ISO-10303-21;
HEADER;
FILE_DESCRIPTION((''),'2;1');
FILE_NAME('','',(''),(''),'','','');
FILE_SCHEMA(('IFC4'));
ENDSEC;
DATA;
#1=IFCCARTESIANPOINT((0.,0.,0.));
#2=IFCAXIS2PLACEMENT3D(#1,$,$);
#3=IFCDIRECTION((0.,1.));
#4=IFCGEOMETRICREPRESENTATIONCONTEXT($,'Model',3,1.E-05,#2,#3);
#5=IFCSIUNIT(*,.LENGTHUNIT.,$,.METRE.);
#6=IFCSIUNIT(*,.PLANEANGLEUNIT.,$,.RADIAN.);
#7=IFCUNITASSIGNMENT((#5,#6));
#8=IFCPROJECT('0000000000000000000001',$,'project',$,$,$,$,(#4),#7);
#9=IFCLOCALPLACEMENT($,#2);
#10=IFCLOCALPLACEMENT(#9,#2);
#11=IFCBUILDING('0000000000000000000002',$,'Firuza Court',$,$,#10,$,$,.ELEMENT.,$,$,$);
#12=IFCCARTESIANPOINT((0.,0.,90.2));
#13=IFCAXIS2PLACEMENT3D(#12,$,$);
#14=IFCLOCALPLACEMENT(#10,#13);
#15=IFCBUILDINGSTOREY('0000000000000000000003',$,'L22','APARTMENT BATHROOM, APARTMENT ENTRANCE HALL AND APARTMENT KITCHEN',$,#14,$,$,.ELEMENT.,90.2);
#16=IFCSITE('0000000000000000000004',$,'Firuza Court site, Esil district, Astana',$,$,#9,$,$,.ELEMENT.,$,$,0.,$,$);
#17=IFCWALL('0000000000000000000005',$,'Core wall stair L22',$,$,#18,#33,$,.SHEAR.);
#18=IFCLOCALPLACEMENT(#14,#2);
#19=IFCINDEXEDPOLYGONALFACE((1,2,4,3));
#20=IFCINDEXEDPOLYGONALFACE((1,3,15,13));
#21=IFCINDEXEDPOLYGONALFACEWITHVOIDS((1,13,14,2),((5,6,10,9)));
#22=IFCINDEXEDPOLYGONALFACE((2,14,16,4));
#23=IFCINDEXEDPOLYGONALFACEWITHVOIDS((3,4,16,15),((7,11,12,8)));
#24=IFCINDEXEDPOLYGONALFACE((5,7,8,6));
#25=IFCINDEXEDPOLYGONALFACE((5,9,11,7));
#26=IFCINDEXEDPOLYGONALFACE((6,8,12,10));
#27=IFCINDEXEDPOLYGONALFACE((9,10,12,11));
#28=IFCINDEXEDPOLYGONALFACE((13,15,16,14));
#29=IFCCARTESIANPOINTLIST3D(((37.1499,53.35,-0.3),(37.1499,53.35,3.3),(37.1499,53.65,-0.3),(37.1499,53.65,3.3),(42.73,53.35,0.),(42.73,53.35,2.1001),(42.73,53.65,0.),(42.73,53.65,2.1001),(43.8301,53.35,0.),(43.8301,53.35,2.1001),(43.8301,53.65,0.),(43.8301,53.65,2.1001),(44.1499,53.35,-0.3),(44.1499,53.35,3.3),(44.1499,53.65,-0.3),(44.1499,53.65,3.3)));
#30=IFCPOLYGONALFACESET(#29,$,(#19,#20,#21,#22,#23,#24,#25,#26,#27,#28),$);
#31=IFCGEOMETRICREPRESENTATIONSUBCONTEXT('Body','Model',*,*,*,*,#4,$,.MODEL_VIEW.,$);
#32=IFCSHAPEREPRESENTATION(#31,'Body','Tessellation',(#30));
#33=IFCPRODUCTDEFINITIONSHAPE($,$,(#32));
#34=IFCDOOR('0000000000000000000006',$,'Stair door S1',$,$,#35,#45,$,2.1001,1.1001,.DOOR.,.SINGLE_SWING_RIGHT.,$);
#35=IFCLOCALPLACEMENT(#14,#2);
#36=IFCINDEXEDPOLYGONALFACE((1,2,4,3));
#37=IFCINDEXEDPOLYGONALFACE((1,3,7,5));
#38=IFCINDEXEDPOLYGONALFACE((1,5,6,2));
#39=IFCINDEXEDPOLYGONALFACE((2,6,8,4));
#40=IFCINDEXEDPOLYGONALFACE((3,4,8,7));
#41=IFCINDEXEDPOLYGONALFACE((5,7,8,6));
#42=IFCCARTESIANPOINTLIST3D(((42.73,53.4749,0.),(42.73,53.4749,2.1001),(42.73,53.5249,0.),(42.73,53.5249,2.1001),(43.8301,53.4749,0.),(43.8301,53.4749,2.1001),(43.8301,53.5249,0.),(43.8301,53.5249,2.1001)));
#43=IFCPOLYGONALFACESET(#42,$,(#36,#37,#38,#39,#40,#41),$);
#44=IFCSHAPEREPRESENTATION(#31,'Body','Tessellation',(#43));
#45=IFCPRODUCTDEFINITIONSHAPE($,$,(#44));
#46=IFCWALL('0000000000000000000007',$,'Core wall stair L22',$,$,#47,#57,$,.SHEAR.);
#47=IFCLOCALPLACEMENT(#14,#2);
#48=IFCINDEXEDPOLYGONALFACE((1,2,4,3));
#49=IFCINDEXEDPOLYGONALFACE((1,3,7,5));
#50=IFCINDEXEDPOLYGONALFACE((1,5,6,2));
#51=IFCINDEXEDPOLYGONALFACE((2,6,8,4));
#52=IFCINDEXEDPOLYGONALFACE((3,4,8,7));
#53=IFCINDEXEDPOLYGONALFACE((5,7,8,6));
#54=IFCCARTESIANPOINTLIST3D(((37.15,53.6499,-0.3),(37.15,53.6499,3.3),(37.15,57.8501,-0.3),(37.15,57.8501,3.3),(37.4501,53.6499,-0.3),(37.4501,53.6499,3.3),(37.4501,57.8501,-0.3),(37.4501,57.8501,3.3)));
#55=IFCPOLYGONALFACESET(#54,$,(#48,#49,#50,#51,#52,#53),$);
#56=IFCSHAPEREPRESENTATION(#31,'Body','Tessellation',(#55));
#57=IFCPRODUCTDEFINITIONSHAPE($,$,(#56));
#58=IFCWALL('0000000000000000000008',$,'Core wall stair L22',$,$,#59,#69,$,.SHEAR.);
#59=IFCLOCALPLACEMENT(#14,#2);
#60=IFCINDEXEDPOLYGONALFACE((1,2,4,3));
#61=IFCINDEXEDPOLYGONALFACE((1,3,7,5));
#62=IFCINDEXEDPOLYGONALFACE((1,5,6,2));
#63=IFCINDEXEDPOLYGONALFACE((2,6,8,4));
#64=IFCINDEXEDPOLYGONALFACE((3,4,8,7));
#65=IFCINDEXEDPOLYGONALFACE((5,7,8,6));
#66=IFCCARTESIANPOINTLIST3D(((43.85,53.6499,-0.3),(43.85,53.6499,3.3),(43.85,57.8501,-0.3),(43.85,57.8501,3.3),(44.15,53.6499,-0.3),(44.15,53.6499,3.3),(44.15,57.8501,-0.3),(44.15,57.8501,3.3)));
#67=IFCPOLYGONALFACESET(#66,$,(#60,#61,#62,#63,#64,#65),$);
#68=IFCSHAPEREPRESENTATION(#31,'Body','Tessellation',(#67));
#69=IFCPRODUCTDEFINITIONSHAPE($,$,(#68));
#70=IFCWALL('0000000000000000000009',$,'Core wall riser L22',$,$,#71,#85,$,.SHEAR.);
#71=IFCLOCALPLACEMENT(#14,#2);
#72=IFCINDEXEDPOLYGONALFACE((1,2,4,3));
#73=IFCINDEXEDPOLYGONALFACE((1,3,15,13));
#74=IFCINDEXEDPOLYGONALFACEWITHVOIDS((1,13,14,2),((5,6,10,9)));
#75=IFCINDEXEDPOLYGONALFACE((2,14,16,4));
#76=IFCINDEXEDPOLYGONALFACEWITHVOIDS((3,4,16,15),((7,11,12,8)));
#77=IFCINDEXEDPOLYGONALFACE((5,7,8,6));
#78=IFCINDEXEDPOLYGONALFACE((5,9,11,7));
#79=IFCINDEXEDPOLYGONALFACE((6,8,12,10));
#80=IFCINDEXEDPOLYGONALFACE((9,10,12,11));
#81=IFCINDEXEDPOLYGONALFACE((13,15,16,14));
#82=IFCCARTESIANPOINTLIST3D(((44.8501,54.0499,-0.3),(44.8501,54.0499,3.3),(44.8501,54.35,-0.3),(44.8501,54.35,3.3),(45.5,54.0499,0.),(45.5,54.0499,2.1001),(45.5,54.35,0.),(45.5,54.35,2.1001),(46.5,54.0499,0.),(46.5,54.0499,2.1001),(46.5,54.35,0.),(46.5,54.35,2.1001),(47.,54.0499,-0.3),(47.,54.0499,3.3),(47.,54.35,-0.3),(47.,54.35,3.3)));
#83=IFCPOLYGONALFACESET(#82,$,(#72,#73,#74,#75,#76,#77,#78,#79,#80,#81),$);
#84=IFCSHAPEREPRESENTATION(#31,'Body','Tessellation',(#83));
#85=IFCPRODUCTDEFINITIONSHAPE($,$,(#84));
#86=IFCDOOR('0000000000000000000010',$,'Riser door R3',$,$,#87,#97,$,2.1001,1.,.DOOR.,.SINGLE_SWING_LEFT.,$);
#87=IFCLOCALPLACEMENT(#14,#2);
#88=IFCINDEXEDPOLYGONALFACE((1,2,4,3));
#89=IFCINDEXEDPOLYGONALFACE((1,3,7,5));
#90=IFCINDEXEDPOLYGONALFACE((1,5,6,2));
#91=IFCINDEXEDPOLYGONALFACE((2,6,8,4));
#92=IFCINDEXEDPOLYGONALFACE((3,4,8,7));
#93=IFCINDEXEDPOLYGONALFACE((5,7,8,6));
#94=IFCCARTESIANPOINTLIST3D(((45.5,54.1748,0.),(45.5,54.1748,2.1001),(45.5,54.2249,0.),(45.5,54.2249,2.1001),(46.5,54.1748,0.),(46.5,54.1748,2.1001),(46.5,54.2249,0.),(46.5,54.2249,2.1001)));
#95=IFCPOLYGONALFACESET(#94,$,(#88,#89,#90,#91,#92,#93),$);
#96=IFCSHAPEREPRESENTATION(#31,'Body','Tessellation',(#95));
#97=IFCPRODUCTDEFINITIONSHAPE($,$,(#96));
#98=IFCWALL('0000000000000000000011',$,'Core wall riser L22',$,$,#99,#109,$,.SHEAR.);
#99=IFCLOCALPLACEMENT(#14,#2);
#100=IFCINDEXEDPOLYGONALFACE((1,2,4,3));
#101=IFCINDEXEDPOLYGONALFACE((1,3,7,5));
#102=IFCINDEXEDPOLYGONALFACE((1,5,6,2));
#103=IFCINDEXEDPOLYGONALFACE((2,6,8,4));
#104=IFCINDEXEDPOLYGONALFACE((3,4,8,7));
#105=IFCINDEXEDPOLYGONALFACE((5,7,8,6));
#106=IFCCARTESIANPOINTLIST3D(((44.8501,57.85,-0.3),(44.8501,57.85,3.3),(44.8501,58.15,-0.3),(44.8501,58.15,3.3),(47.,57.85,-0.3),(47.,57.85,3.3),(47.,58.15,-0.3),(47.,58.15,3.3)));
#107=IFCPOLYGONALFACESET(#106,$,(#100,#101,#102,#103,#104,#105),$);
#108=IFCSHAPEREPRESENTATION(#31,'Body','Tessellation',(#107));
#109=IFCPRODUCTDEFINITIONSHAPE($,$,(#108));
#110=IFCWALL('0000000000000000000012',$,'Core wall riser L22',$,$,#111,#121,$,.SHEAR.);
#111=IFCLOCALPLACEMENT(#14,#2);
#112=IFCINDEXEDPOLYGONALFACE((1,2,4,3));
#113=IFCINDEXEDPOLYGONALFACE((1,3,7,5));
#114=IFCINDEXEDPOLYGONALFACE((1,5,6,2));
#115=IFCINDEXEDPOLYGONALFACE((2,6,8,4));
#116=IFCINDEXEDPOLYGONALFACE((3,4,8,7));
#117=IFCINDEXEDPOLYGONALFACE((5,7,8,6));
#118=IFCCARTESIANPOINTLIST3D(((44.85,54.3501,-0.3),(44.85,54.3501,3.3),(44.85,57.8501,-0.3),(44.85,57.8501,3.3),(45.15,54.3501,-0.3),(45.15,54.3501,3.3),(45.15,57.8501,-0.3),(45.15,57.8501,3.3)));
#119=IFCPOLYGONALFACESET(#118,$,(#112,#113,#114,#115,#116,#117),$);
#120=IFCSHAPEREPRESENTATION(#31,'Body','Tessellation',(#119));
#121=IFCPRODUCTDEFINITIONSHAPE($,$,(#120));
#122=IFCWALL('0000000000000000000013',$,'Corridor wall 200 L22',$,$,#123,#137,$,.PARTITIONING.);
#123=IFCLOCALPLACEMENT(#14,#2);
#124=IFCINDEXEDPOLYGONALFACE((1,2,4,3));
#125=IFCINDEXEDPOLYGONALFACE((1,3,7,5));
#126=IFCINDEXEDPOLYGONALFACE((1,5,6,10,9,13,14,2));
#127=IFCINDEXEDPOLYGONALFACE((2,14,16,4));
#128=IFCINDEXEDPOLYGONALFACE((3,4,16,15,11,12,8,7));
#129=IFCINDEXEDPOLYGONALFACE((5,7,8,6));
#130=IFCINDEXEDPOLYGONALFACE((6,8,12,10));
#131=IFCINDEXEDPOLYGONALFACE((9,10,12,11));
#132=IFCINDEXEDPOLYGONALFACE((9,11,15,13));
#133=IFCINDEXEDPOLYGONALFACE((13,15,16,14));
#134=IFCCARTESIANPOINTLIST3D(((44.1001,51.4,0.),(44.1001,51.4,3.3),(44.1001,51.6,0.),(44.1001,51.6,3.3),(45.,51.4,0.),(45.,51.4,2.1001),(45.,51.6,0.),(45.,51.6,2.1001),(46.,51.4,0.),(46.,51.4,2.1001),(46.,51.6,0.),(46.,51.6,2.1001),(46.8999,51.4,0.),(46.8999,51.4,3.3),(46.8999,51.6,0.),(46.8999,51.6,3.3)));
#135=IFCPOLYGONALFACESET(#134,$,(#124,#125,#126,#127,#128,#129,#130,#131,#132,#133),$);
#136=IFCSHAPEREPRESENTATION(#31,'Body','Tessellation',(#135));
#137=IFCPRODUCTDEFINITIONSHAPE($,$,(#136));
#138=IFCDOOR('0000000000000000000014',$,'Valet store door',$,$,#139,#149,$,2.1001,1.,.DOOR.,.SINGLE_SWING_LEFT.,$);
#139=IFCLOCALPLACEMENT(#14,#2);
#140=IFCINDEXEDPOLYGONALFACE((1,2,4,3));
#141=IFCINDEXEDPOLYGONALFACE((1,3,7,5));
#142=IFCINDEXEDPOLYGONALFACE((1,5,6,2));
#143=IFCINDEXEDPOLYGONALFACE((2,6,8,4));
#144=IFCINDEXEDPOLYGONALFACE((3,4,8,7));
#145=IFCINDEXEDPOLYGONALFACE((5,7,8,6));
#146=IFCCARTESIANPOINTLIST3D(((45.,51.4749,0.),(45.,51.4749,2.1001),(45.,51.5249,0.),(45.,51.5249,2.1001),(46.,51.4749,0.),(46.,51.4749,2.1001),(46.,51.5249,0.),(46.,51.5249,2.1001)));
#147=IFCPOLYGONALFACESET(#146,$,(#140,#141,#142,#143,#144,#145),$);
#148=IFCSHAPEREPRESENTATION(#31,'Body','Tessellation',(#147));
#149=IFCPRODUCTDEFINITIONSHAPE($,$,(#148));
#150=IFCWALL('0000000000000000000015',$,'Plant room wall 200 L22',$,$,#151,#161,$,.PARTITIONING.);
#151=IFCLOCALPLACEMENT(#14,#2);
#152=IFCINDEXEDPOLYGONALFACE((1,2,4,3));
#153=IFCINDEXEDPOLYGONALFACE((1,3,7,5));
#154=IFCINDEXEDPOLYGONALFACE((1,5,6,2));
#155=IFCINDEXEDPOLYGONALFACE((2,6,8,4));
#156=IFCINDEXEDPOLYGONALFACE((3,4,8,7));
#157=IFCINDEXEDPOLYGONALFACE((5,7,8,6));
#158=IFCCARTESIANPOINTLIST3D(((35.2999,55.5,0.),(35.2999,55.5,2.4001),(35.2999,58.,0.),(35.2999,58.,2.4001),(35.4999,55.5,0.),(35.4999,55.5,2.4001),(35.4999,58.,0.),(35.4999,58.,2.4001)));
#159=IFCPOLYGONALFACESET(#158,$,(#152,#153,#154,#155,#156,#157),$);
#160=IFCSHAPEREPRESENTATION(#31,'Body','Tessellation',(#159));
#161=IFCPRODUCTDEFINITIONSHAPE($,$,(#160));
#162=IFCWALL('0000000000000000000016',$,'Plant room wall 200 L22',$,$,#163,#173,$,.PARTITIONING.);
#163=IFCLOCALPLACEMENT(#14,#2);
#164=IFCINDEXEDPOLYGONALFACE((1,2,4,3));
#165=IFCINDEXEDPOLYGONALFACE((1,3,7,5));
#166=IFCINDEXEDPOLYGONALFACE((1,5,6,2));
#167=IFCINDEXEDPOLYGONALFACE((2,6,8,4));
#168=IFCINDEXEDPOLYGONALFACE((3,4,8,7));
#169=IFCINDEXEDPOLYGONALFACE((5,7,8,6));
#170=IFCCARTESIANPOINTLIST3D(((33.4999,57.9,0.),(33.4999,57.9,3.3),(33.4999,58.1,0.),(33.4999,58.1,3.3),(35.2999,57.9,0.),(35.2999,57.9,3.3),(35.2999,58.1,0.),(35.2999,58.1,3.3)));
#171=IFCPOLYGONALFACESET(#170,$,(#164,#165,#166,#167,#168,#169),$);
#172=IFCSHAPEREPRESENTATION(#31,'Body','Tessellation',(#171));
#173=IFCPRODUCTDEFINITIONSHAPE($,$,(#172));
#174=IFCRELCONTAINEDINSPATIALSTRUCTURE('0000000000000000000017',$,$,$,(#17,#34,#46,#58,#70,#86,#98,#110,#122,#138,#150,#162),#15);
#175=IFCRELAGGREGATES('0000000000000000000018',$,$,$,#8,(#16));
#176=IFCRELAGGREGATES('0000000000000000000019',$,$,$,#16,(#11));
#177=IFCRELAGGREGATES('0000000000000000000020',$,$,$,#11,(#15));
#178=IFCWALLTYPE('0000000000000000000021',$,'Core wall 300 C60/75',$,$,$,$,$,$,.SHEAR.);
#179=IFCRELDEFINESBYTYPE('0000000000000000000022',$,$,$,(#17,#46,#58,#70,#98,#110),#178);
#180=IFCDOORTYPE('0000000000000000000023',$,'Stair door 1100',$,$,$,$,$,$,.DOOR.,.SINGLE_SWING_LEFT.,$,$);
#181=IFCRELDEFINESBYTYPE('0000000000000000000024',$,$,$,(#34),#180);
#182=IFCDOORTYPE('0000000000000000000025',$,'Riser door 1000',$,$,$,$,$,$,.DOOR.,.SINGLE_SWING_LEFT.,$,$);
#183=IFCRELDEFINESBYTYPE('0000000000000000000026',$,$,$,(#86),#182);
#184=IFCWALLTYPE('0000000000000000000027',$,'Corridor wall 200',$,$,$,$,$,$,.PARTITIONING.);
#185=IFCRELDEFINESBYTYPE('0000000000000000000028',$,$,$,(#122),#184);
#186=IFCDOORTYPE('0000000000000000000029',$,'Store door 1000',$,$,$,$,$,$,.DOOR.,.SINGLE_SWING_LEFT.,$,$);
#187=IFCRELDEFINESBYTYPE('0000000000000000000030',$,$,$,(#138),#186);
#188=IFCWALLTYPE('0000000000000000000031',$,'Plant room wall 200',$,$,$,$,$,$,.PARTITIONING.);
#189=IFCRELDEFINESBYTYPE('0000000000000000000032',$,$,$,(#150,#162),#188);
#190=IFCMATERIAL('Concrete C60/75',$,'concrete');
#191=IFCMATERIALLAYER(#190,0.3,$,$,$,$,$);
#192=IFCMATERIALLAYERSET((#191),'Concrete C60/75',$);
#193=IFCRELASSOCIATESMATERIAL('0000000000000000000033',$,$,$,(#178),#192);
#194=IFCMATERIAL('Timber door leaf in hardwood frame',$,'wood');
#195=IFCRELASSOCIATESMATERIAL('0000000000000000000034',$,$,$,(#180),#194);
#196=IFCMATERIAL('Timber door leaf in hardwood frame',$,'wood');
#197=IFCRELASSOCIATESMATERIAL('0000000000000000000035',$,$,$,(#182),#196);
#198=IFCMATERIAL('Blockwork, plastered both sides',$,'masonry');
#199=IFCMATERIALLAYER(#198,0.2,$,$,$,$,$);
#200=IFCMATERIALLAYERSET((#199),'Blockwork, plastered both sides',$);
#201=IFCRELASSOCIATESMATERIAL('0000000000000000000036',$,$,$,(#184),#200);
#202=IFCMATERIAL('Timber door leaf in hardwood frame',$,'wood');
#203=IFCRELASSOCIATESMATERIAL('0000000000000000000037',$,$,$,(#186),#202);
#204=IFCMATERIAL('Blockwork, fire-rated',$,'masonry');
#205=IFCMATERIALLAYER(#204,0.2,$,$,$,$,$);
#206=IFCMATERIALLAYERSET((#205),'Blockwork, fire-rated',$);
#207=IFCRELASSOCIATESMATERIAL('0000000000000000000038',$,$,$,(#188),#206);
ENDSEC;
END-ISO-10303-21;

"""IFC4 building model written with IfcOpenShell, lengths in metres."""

from ifc_helpers import new_model, si_unit, direction, frame, frame_2d, origin, place, context, subcontext, project, spatial, rectangle, extrude, material, layer, layer_set, type_object, element, fill, save


model = new_model("IFC4")

# Units and contexts
model_context = context("Model", 3, precision=1e-05, world=origin(), true_north=direction((0.0, 1.0)))
body_context = subcontext(model_context, "Body", "Model", "MODEL_VIEW")
ifc_project = project(units=[si_unit("LENGTHUNIT", "METRE"), si_unit("PLANEANGLEUNIT", "RADIAN")], contexts=[model_context])

# Site, building, storey
site_placement = place(None, origin())
site = spatial("IfcSite", under=ifc_project, at=site_placement, Name="Firuza Court site, Esil district, Astana", CompositionType="ELEMENT", RefElevation=0.0)
building_placement = place(site_placement, origin())
building = spatial("IfcBuilding", under=site, at=building_placement, Name="Firuza Court", CompositionType="ELEMENT")
storey_placement = place(building_placement, frame((0.0, 0.0, 90.2)))
storey = spatial("IfcBuildingStorey", under=building, at=storey_placement, Name="L22", Description="APARTMENT BATHROOM, APARTMENT ENTRANCE HALL AND APARTMENT KITCHEN", CompositionType="ELEMENT", Elevation=90.2)

# Shared definitions
ifc_material_1 = material(Name="Concrete C60/75", Category="concrete")
ifc_layer_1 = layer(ifc_material_1, 0.3)
ifc_layer_set_1 = layer_set([ifc_layer_1], Name="Concrete C60/75")
wall_type_1 = type_object("IfcWallType", Name="Core wall 300 C60/75", PredefinedType="SHEAR", material=ifc_layer_set_1)

# Wall, opening, door
wall_1_placement = place(storey_placement, frame((37.1499, 53.5, -0.3), z_axis=(0.0, 0.0, 1.0), x_axis=(1.0, 0.0, 0.0)))
wall_1 = element("IfcWall", 1, at=wall_1_placement, inside=storey, type_object=wall_type_1, Name="Core wall stair L22", PredefinedType="SHEAR", context=body_context, shape_type="SweptSolid", body=[
    extrude(rectangle(XDim=7.0, YDim=0.3, at=frame_2d((3.5, 0.0))), origin(), (0.0, 0.0, 1.0), 3.6001),
])
opening_1_placement = place(wall_1_placement, frame((5.5801, 0.0, 0.3)))
opening_1 = element("IfcOpeningElement", 2, at=opening_1_placement, cuts=wall_1, PredefinedType="OPENING", context=body_context, shape_type="SweptSolid", body=[
    extrude(rectangle(XDim=1.1001, YDim=2.1001, at=frame_2d((0.55, 1.05))), frame((0.0, 0.1621, 0.0), z_axis=(0.0, -1.0, 0.0), x_axis=(1.0, 0.0, 0.0)), (0.0, 0.0, 1.0), 0.324),
])
ifc_material_2 = material(Name="Timber door leaf in hardwood frame", Category="wood")
door_type_1 = type_object("IfcDoorType", Name="Stair door 1100", OperationType="SINGLE_SWING_LEFT", PredefinedType="DOOR", material=ifc_material_2)
door_1_placement = place(opening_1_placement, origin())
door_1 = element("IfcDoor", 3, at=door_1_placement, inside=storey, type_object=door_type_1, Name="Stair door S1", OperationType="SINGLE_SWING_RIGHT", OverallHeight=2.1001, OverallWidth=1.1001, PredefinedType="DOOR", context=body_context, shape_type="SweptSolid", body=[
    extrude(rectangle(XDim=1.1001, YDim=2.1001, at=frame_2d((0.55, 1.05))), frame((0.0, 0.0249, 0.0), z_axis=(0.0, -1.0, 0.0), x_axis=(1.0, 0.0, 0.0)), (0.0, 0.0, 1.0), 0.05),
])
fill(opening_1, door_1)

# Walls
for number, where, z_axis, x_axis, name in (
    (4, (37.3, 53.6499, -0.3), (0.0, 0.0, 1.0), (0.0, 1.0, 0.0), "Core wall stair L22"),
    (5, (44.0, 53.6499, -0.3), (0.0, 0.0, 1.0), (0.0, 1.0, 0.0), "Core wall stair L22"),
):
    element("IfcWall", number, at=place(storey_placement, frame(where, z_axis=z_axis, x_axis=x_axis)), inside=storey, type_object=wall_type_1, Name=name, PredefinedType="SHEAR", context=body_context, shape_type="SweptSolid", body=[
        extrude(rectangle(XDim=4.2002, YDim=0.3, at=frame_2d((2.1001, 0.0))), origin(), (0.0, 0.0, 1.0), 3.6001),
    ])

# Wall, opening, door
wall_2_placement = place(storey_placement, frame((44.8501, 54.2, -0.3), z_axis=(0.0, 0.0, 1.0), x_axis=(1.0, 0.0, 0.0)))
wall_2 = element("IfcWall", 6, at=wall_2_placement, inside=storey, type_object=wall_type_1, Name="Core wall riser L22", PredefinedType="SHEAR", context=body_context, shape_type="SweptSolid", body=[
    extrude(rectangle(XDim=2.1499, YDim=0.3, at=frame_2d((1.075, 0.0))), origin(), (0.0, 0.0, 1.0), 3.6001),
])
opening_2_placement = place(wall_2_placement, frame((0.6499, 0.0, 0.3)))
opening_2 = element("IfcOpeningElement", 7, at=opening_2_placement, cuts=wall_2, PredefinedType="OPENING", context=body_context, shape_type="SweptSolid", body=[
    extrude(rectangle(XDim=1.0, YDim=2.1001, at=frame_2d((0.5, 1.05))), frame((0.0, 0.1621, 0.0), z_axis=(0.0, -1.0, 0.0), x_axis=(1.0, 0.0, 0.0)), (0.0, 0.0, 1.0), 0.324),
])
ifc_material_3 = material(Name="Timber door leaf in hardwood frame", Category="wood")
door_type_2 = type_object("IfcDoorType", Name="Riser door 1000", OperationType="SINGLE_SWING_LEFT", PredefinedType="DOOR", material=ifc_material_3)
door_2_placement = place(opening_2_placement, origin())
door_2 = element("IfcDoor", 8, at=door_2_placement, inside=storey, type_object=door_type_2, Name="Riser door R3", OperationType="SINGLE_SWING_LEFT", OverallHeight=2.1001, OverallWidth=1.0, PredefinedType="DOOR", context=body_context, shape_type="SweptSolid", body=[
    extrude(rectangle(XDim=1.0, YDim=2.1001, at=frame_2d((0.5, 1.05))), frame((0.0, 0.0249, 0.0), z_axis=(0.0, -1.0, 0.0), x_axis=(1.0, 0.0, 0.0)), (0.0, 0.0, 1.0), 0.05),
])
fill(opening_2, door_2)

# Walls
wall_3_placement = place(storey_placement, frame((44.8501, 58.0, -0.3), z_axis=(0.0, 0.0, 1.0), x_axis=(1.0, 0.0, 0.0)))
element("IfcWall", 9, at=wall_3_placement, inside=storey, type_object=wall_type_1, Name="Core wall riser L22", PredefinedType="SHEAR", context=body_context, shape_type="SweptSolid", body=[
    extrude(rectangle(XDim=2.1499, YDim=0.3, at=frame_2d((1.075, 0.0))), origin(), (0.0, 0.0, 1.0), 3.6001),
])
wall_4_placement = place(storey_placement, frame((45.0, 54.3501, -0.3), z_axis=(0.0, 0.0, 1.0), x_axis=(0.0, 1.0, 0.0)))
element("IfcWall", 10, at=wall_4_placement, inside=storey, type_object=wall_type_1, Name="Core wall riser L22", PredefinedType="SHEAR", context=body_context, shape_type="SweptSolid", body=[
    extrude(rectangle(XDim=3.5, YDim=0.3, at=frame_2d((1.75, 0.0))), origin(), (0.0, 0.0, 1.0), 3.6001),
])

# Wall, opening, door
ifc_material_4 = material(Name="Blockwork, plastered both sides", Category="masonry")
ifc_layer_2 = layer(ifc_material_4, 0.2)
ifc_layer_set_2 = layer_set([ifc_layer_2], Name="Blockwork, plastered both sides")
wall_type_2 = type_object("IfcWallType", Name="Corridor wall 200", PredefinedType="PARTITIONING", material=ifc_layer_set_2)
wall_5_placement = place(storey_placement, frame((44.1001, 51.5, 0.0), z_axis=(0.0, 0.0, 1.0), x_axis=(1.0, 0.0, 0.0)))
wall_5 = element("IfcWall", 11, at=wall_5_placement, inside=storey, type_object=wall_type_2, Name="Corridor wall 200 L22", PredefinedType="PARTITIONING", context=body_context, shape_type="SweptSolid", body=[
    extrude(rectangle(XDim=2.7998, YDim=0.2, at=frame_2d((1.3999, 0.0))), origin(), (0.0, 0.0, 1.0), 3.3),
])
opening_3_placement = place(wall_5_placement, frame((0.8999, 0.0, 0.0)))
opening_3 = element("IfcOpeningElement", 12, at=opening_3_placement, cuts=wall_5, PredefinedType="OPENING", context=body_context, shape_type="SweptSolid", body=[
    extrude(rectangle(XDim=1.0, YDim=2.1001, at=frame_2d((0.5, 1.05))), frame((0.0, 0.1118, 0.0), z_axis=(0.0, -1.0, 0.0), x_axis=(1.0, 0.0, 0.0)), (0.0, 0.0, 1.0), 0.2239),
])
ifc_material_5 = material(Name="Timber door leaf in hardwood frame", Category="wood")
door_type_3 = type_object("IfcDoorType", Name="Store door 1000", OperationType="SINGLE_SWING_LEFT", PredefinedType="DOOR", material=ifc_material_5)
door_3_placement = place(opening_3_placement, origin())
door_3 = element("IfcDoor", 13, at=door_3_placement, inside=storey, type_object=door_type_3, Name="Valet store door", OperationType="SINGLE_SWING_LEFT", OverallHeight=2.1001, OverallWidth=1.0, PredefinedType="DOOR", context=body_context, shape_type="SweptSolid", body=[
    extrude(rectangle(XDim=1.0, YDim=2.1001, at=frame_2d((0.5, 1.05))), frame((0.0, 0.0249, 0.0), z_axis=(0.0, -1.0, 0.0), x_axis=(1.0, 0.0, 0.0)), (0.0, 0.0, 1.0), 0.05),
])
fill(opening_3, door_3)

# Walls
ifc_material_6 = material(Name="Blockwork, fire-rated", Category="masonry")
ifc_layer_3 = layer(ifc_material_6, 0.2)
ifc_layer_set_3 = layer_set([ifc_layer_3], Name="Blockwork, fire-rated")
wall_type_3 = type_object("IfcWallType", Name="Plant room wall 200", PredefinedType="PARTITIONING", material=ifc_layer_set_3)
wall_6_placement = place(storey_placement, frame((35.3999, 55.5, 0.0), z_axis=(0.0, 0.0, 1.0), x_axis=(0.0, 1.0, 0.0)))
element("IfcWall", 14, at=wall_6_placement, inside=storey, type_object=wall_type_3, Name="Plant room wall 200 L22", PredefinedType="PARTITIONING", context=body_context, shape_type="SweptSolid", body=[
    extrude(rectangle(XDim=2.5, YDim=0.2, at=frame_2d((1.25, 0.0))), origin(), (0.0, 0.0, 1.0), 2.4001),
])
wall_7_placement = place(storey_placement, frame((33.5, 58.0, 0.0), z_axis=(0.0, 0.0, 1.0), x_axis=(1.0, 0.0, 0.0)))
element("IfcWall", 15, at=wall_7_placement, inside=storey, type_object=wall_type_3, Name="Plant room wall 200 L22", PredefinedType="PARTITIONING", context=body_context, shape_type="SweptSolid", body=[
    extrude(rectangle(XDim=1.8, YDim=0.2, at=frame_2d((0.8999, 0.0))), origin(), (0.0, 0.0, 1.0), 3.3),
])

save(model, "model.ifc")
